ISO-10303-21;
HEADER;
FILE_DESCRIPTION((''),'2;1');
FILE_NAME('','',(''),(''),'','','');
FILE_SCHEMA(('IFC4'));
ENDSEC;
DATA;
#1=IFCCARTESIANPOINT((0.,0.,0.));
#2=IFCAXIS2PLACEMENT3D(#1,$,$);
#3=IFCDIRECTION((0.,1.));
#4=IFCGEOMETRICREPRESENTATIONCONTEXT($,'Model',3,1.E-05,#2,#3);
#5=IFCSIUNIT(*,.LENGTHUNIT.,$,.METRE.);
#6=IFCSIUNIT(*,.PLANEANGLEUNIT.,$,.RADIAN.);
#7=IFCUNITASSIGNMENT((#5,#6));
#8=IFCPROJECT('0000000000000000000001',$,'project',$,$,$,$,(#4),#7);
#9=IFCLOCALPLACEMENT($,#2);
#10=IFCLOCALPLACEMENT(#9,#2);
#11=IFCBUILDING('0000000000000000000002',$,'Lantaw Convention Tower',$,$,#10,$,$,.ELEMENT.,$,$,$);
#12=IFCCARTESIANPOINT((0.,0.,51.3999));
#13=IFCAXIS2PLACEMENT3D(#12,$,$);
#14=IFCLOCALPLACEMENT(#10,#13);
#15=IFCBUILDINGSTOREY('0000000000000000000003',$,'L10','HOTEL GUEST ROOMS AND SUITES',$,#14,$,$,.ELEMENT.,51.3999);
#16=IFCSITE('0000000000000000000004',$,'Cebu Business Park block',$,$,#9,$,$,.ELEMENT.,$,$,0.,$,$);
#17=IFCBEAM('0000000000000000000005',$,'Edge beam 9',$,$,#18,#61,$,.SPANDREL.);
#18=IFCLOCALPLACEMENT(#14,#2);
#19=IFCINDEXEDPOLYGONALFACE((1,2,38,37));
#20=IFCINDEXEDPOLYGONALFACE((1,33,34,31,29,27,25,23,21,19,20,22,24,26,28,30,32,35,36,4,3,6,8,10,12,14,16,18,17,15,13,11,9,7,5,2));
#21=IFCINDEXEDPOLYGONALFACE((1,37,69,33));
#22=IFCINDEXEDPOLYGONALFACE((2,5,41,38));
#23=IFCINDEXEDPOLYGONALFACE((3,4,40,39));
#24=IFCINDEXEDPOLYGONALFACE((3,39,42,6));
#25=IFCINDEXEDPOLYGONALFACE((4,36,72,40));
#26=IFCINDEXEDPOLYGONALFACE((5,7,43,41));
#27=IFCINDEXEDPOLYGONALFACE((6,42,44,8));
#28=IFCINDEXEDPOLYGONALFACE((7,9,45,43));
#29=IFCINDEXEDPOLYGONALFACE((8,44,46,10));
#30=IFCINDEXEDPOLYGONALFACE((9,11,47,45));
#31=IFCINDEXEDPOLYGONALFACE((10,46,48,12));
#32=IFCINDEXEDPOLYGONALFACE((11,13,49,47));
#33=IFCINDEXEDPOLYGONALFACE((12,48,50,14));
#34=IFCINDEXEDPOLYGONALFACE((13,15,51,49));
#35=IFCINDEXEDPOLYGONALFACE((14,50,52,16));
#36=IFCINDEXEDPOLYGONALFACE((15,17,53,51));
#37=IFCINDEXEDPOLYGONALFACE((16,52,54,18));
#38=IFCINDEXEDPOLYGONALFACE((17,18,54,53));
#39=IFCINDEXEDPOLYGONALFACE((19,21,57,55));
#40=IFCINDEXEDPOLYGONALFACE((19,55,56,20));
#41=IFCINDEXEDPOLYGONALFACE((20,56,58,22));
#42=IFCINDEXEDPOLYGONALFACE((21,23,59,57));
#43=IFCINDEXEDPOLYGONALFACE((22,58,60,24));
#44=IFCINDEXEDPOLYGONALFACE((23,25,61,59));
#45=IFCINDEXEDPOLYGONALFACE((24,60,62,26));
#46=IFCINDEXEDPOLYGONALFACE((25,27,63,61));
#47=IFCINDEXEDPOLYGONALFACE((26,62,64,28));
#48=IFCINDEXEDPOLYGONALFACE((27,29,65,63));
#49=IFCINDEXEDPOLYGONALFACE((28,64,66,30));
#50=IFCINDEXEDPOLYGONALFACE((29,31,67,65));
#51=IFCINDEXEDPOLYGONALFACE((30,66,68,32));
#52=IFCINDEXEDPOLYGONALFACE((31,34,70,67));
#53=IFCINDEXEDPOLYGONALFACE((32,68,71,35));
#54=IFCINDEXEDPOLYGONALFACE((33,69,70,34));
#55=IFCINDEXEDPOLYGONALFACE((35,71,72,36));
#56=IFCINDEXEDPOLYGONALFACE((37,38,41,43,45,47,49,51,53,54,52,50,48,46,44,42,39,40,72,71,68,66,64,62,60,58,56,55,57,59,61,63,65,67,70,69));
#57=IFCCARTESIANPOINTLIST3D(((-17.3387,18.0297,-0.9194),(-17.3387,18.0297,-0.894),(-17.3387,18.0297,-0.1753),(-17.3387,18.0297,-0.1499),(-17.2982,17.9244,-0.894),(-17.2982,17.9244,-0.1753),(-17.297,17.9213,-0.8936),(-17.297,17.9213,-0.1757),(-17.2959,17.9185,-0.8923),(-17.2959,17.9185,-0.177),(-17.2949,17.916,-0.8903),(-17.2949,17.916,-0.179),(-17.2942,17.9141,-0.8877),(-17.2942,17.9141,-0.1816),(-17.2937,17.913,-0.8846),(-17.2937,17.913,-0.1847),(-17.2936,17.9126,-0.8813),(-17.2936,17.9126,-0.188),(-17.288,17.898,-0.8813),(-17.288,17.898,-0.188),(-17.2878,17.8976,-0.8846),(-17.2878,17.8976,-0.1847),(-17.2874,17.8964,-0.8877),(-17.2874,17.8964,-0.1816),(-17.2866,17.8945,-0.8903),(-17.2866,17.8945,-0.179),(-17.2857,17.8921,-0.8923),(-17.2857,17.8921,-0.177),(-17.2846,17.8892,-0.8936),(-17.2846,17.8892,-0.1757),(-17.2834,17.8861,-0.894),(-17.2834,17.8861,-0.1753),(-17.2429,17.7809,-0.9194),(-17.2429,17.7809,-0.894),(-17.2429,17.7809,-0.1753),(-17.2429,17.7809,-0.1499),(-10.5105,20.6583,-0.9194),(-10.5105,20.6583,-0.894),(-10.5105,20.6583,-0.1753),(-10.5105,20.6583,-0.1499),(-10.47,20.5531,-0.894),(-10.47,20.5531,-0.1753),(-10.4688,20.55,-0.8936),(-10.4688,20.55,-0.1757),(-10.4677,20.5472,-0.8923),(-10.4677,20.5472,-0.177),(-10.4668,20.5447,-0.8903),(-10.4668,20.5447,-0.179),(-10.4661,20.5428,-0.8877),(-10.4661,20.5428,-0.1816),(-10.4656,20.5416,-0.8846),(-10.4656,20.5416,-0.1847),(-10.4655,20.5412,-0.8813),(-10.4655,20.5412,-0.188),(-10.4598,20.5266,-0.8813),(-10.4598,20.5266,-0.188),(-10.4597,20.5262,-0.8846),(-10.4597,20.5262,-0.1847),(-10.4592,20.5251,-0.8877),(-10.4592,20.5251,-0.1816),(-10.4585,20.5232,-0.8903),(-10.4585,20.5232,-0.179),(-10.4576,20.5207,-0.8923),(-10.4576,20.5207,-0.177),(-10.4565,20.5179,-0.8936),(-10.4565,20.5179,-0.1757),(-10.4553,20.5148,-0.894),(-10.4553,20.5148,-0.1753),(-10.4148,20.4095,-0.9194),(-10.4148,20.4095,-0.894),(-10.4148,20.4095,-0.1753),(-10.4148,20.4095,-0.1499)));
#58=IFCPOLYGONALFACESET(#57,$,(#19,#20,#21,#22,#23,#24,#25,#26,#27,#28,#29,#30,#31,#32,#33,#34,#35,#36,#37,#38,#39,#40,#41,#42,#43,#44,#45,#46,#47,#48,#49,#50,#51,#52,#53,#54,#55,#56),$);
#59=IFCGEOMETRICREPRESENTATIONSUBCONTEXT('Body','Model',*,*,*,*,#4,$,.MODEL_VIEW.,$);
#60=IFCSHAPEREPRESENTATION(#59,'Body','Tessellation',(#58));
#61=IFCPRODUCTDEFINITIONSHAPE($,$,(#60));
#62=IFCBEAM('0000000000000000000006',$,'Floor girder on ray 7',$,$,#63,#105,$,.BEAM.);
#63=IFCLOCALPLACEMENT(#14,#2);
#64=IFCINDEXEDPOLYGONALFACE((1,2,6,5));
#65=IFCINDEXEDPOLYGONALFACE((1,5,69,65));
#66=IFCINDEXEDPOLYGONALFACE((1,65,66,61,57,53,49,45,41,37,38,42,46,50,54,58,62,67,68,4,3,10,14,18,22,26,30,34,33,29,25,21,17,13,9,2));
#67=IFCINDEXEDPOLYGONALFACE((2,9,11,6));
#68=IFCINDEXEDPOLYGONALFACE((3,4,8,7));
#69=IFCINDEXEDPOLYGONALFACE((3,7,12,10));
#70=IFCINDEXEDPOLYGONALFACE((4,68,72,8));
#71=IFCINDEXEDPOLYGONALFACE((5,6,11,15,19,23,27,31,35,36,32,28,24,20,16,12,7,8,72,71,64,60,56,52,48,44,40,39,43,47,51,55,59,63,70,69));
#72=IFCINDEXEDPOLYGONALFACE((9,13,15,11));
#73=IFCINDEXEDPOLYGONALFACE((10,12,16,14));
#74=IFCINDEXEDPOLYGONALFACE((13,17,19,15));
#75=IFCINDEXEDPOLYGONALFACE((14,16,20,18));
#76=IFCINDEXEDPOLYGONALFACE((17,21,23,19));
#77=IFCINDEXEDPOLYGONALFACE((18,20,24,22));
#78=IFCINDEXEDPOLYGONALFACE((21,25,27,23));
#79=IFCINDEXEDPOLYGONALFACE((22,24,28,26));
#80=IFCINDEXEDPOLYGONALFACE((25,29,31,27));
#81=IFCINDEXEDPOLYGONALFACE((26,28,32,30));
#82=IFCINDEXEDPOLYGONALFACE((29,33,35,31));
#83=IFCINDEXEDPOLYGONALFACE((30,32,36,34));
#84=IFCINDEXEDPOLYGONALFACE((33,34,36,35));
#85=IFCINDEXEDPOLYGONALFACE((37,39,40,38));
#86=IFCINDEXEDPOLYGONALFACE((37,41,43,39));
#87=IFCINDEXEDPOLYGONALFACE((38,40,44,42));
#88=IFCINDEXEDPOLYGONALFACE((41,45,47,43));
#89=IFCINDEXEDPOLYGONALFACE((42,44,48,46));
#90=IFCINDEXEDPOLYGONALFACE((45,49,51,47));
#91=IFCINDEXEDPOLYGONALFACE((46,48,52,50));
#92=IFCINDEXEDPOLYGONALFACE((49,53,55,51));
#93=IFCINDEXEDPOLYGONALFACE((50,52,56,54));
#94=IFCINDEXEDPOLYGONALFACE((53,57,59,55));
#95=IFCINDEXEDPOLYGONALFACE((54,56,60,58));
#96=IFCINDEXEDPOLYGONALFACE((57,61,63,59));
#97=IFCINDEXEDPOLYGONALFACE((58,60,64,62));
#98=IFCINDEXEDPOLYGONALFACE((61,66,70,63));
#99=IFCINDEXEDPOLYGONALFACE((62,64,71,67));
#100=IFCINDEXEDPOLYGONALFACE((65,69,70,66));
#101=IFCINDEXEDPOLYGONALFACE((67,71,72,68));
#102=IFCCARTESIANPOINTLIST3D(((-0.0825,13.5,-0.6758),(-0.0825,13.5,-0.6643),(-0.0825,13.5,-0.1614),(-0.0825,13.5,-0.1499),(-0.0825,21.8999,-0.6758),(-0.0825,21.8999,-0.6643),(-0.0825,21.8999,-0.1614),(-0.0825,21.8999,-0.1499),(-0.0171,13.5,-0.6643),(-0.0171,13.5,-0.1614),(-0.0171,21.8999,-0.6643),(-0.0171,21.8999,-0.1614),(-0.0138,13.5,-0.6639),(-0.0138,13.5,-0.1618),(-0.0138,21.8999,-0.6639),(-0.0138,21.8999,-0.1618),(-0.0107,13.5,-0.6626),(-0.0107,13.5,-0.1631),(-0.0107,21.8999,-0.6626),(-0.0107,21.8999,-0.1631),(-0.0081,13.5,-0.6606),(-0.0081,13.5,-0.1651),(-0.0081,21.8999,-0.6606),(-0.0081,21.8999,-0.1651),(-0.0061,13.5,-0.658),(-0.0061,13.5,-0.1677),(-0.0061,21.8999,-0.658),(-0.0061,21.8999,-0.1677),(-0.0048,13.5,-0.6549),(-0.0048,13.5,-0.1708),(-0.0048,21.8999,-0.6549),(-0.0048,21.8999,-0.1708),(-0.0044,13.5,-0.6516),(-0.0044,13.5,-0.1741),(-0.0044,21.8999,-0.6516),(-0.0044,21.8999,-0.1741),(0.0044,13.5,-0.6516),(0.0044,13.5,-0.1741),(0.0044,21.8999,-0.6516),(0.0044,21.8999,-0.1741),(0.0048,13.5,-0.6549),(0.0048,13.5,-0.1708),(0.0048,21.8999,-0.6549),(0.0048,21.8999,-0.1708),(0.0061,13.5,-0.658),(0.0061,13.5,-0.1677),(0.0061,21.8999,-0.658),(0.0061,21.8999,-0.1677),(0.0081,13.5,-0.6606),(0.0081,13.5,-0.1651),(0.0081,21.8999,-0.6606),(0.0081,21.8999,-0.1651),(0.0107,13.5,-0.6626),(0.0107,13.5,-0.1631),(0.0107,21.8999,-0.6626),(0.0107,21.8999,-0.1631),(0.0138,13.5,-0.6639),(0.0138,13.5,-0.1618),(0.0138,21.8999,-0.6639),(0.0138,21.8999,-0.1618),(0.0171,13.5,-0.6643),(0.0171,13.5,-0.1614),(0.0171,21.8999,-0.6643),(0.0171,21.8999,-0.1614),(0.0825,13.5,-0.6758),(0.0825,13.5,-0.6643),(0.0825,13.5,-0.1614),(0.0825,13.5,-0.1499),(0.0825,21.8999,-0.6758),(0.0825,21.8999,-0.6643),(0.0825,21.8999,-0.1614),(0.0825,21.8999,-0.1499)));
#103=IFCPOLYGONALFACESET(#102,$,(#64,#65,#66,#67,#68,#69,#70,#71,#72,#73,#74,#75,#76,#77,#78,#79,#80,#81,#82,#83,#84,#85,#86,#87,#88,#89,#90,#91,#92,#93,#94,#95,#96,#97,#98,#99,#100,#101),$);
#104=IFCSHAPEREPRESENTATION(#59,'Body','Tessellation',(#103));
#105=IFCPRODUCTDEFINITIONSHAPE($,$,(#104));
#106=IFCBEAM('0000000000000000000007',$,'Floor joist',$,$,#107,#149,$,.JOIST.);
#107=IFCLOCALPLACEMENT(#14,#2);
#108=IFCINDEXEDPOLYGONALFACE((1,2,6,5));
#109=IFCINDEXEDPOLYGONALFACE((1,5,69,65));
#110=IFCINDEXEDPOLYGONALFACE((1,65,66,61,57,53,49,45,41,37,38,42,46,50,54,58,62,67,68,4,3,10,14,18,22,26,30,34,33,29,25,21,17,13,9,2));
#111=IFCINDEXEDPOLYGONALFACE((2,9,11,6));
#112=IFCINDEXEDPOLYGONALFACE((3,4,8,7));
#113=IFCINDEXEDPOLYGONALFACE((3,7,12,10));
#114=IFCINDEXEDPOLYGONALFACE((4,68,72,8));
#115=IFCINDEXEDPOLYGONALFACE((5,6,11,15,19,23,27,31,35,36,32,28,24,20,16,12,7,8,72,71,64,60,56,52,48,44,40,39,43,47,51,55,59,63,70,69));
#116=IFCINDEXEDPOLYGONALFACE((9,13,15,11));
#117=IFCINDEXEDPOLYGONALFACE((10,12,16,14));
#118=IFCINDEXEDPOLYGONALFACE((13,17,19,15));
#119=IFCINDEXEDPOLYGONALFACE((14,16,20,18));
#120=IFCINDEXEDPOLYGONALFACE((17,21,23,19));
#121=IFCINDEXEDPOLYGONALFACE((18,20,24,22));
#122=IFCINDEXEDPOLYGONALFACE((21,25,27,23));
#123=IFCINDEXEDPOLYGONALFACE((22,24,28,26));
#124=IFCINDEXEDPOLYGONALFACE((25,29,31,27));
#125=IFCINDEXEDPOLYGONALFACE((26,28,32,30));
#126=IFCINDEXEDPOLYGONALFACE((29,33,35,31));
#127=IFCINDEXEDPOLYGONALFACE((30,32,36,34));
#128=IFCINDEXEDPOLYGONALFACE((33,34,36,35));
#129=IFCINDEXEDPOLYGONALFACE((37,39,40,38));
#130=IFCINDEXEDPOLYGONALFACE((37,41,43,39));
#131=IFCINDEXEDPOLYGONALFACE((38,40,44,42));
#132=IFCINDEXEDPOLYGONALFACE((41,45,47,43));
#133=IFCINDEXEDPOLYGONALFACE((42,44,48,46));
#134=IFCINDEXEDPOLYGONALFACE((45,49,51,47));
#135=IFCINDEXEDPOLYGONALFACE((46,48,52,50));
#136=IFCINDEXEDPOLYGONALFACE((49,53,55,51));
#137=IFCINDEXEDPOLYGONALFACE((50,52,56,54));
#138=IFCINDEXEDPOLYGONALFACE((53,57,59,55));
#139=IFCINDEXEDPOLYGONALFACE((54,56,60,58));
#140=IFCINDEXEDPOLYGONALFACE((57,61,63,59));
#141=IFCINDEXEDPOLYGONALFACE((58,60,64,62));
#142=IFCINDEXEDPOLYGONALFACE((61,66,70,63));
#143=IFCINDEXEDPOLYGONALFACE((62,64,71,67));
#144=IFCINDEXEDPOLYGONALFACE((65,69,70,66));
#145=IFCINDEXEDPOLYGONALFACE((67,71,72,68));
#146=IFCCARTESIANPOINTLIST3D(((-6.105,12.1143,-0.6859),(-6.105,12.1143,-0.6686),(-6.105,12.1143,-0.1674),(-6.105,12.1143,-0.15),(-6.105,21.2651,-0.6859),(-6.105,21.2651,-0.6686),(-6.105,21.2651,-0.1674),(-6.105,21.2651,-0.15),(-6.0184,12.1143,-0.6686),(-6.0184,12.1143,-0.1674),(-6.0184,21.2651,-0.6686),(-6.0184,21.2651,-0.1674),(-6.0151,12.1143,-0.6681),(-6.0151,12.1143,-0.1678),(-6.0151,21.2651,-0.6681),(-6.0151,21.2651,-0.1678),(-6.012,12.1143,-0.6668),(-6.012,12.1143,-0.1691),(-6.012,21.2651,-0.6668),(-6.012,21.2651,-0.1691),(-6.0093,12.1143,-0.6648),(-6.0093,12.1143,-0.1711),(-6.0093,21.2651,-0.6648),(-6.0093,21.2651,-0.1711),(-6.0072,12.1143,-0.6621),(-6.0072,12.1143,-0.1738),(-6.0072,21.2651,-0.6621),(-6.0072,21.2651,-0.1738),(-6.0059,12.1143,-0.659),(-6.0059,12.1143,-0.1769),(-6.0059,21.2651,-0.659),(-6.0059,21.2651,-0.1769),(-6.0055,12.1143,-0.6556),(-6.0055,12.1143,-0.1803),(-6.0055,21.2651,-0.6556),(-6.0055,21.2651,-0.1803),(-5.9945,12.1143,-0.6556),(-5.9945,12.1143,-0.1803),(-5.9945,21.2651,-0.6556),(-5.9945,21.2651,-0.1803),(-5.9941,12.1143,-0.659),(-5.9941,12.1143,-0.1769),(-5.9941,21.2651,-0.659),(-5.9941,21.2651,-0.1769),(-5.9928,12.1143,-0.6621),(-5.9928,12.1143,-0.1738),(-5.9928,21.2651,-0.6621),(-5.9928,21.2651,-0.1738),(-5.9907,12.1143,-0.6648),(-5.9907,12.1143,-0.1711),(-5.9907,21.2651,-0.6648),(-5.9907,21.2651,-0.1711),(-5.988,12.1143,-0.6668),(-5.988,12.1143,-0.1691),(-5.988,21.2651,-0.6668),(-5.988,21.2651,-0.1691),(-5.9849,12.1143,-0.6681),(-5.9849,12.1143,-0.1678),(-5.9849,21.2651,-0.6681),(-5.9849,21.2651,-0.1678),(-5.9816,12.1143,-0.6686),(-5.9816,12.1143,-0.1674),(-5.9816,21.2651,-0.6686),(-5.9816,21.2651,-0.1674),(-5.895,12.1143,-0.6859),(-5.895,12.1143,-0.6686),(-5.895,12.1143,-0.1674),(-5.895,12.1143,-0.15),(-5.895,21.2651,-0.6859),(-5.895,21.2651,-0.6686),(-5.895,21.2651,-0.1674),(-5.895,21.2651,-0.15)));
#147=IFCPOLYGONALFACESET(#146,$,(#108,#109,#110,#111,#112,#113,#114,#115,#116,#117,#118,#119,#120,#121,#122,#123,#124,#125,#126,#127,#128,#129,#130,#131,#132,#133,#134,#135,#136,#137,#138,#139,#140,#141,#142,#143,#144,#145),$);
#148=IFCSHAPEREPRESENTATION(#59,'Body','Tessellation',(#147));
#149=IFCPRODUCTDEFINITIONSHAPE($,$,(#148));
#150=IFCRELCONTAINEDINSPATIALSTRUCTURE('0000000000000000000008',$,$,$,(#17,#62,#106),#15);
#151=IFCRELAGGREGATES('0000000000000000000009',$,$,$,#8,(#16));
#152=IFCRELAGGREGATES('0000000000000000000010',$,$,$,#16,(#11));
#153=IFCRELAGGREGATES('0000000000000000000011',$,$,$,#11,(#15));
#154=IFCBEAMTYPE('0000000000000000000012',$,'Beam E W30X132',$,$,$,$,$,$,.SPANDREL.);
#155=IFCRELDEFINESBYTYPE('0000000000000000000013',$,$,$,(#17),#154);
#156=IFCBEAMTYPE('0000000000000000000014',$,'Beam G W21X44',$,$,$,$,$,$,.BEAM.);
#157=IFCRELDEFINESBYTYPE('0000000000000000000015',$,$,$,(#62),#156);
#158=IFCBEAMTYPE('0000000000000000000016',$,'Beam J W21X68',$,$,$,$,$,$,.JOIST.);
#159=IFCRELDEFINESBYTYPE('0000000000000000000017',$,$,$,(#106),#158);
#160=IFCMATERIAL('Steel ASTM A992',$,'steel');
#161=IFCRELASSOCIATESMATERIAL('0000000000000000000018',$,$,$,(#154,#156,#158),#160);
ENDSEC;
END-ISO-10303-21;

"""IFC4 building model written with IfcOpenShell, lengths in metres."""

from ifc_helpers import new_model, si_unit, direction, frame, origin, origin_2d, place, context, subcontext, project, spatial, i_section, extrude, material, material_profile, profile_set, type_object, element, save


model = new_model("IFC4")

# Units and contexts
model_context = context("Model", 3, precision=1e-05, world=origin(), true_north=direction((0.0, 1.0)))
body_context = subcontext(model_context, "Body", "Model", "MODEL_VIEW")
ifc_project = project(units=[si_unit("LENGTHUNIT", "METRE"), si_unit("PLANEANGLEUNIT", "RADIAN")], contexts=[model_context])

# Site, building, storey
site_placement = place(None, origin())
site = spatial("IfcSite", under=ifc_project, at=site_placement, Name="Cebu Business Park block", CompositionType="ELEMENT", RefElevation=0.0)
building_placement = place(site_placement, origin())
building = spatial("IfcBuilding", under=site, at=building_placement, Name="Lantaw Convention Tower", CompositionType="ELEMENT")
storey_placement = place(building_placement, frame((0.0, 0.0, 51.3999)))
storey = spatial("IfcBuildingStorey", under=building, at=storey_placement, Name="L10", Description="HOTEL GUEST ROOMS AND SUITES", CompositionType="ELEMENT", Elevation=51.3999)

# Beams
ifc_material_1 = material(Name="Steel ASTM A992", Category="steel")
ifc_material_profile_1 = material_profile(ifc_material_1, i_section(OverallWidth=0.2666, OverallDepth=0.7695, WebThickness=0.0156, FlangeThickness=0.0254, FilletRadius=0.0127, at=origin_2d()), Name="W30X132")
ifc_profile_set_1 = profile_set([ifc_material_profile_1], Name="Steel ASTM A992")
beam_type_1 = type_object("IfcBeamType", Name="Beam E W30X132", PredefinedType="SPANDREL", material=ifc_profile_set_1)
beam_1_placement = place(storey_placement, frame((-10.4626, 20.5339, -0.5347), z_axis=(-0.933233, -0.359272, 0.0), x_axis=(0.359272, -0.933233, 0.0)))
element("IfcBeam", 1, at=beam_1_placement, inside=storey, type_object=beam_type_1, Name="Edge beam 9", PredefinedType="SPANDREL", context=body_context, shape_type="SweptSolid", body=[
    extrude(i_section(OverallWidth=0.2666, OverallDepth=0.7695, WebThickness=0.0156, FlangeThickness=0.0254, FilletRadius=0.0127, at=origin_2d()), origin(), (0.0, 0.0, 1.0), 7.3167),
])
ifc_material_profile_2 = material_profile(ifc_material_1, i_section(OverallWidth=0.165, OverallDepth=0.5259, WebThickness=0.0088, FlangeThickness=0.0115, FilletRadius=0.0127, at=origin_2d()), Name="W21X44")
ifc_profile_set_2 = profile_set([ifc_material_profile_2], Name="Steel ASTM A992")
beam_type_2 = type_object("IfcBeamType", Name="Beam G W21X44", PredefinedType="BEAM", material=ifc_profile_set_2)
beam_2_placement = place(storey_placement, frame((0.0, 13.5, -0.4128), z_axis=(0.0, 1.0, 0.0), x_axis=(-1.0, 0.0, 0.0)))
element("IfcBeam", 2, at=beam_2_placement, inside=storey, type_object=beam_type_2, Name="Floor girder on ray 7", PredefinedType="BEAM", context=body_context, shape_type="SweptSolid", body=[
    extrude(i_section(OverallWidth=0.165, OverallDepth=0.5259, WebThickness=0.0088, FlangeThickness=0.0115, FilletRadius=0.0127, at=origin_2d()), origin(), (0.0, 0.0, 1.0), 8.3999),
])
ifc_material_profile_3 = material_profile(ifc_material_1, i_section(OverallWidth=0.21, OverallDepth=0.5359, WebThickness=0.011, FlangeThickness=0.0173, FilletRadius=0.0129, at=origin_2d()), Name="W21X68")
ifc_profile_set_3 = profile_set([ifc_material_profile_3], Name="Steel ASTM A992")
beam_type_3 = type_object("IfcBeamType", Name="Beam J W21X68", PredefinedType="JOIST", material=ifc_profile_set_3)
beam_3_placement = place(storey_placement, frame((-6.0, 12.1143, -0.418), z_axis=(0.0, 1.0, 0.0), x_axis=(-1.0, 0.0, 0.0)))
element("IfcBeam", 3, at=beam_3_placement, inside=storey, type_object=beam_type_3, Name="Floor joist", PredefinedType="JOIST", context=body_context, shape_type="SweptSolid", body=[
    extrude(i_section(OverallWidth=0.21, OverallDepth=0.5359, WebThickness=0.011, FlangeThickness=0.0173, FilletRadius=0.0129, at=origin_2d()), origin(), (0.0, 0.0, 1.0), 9.1509),
])

save(model, "model.ifc")
